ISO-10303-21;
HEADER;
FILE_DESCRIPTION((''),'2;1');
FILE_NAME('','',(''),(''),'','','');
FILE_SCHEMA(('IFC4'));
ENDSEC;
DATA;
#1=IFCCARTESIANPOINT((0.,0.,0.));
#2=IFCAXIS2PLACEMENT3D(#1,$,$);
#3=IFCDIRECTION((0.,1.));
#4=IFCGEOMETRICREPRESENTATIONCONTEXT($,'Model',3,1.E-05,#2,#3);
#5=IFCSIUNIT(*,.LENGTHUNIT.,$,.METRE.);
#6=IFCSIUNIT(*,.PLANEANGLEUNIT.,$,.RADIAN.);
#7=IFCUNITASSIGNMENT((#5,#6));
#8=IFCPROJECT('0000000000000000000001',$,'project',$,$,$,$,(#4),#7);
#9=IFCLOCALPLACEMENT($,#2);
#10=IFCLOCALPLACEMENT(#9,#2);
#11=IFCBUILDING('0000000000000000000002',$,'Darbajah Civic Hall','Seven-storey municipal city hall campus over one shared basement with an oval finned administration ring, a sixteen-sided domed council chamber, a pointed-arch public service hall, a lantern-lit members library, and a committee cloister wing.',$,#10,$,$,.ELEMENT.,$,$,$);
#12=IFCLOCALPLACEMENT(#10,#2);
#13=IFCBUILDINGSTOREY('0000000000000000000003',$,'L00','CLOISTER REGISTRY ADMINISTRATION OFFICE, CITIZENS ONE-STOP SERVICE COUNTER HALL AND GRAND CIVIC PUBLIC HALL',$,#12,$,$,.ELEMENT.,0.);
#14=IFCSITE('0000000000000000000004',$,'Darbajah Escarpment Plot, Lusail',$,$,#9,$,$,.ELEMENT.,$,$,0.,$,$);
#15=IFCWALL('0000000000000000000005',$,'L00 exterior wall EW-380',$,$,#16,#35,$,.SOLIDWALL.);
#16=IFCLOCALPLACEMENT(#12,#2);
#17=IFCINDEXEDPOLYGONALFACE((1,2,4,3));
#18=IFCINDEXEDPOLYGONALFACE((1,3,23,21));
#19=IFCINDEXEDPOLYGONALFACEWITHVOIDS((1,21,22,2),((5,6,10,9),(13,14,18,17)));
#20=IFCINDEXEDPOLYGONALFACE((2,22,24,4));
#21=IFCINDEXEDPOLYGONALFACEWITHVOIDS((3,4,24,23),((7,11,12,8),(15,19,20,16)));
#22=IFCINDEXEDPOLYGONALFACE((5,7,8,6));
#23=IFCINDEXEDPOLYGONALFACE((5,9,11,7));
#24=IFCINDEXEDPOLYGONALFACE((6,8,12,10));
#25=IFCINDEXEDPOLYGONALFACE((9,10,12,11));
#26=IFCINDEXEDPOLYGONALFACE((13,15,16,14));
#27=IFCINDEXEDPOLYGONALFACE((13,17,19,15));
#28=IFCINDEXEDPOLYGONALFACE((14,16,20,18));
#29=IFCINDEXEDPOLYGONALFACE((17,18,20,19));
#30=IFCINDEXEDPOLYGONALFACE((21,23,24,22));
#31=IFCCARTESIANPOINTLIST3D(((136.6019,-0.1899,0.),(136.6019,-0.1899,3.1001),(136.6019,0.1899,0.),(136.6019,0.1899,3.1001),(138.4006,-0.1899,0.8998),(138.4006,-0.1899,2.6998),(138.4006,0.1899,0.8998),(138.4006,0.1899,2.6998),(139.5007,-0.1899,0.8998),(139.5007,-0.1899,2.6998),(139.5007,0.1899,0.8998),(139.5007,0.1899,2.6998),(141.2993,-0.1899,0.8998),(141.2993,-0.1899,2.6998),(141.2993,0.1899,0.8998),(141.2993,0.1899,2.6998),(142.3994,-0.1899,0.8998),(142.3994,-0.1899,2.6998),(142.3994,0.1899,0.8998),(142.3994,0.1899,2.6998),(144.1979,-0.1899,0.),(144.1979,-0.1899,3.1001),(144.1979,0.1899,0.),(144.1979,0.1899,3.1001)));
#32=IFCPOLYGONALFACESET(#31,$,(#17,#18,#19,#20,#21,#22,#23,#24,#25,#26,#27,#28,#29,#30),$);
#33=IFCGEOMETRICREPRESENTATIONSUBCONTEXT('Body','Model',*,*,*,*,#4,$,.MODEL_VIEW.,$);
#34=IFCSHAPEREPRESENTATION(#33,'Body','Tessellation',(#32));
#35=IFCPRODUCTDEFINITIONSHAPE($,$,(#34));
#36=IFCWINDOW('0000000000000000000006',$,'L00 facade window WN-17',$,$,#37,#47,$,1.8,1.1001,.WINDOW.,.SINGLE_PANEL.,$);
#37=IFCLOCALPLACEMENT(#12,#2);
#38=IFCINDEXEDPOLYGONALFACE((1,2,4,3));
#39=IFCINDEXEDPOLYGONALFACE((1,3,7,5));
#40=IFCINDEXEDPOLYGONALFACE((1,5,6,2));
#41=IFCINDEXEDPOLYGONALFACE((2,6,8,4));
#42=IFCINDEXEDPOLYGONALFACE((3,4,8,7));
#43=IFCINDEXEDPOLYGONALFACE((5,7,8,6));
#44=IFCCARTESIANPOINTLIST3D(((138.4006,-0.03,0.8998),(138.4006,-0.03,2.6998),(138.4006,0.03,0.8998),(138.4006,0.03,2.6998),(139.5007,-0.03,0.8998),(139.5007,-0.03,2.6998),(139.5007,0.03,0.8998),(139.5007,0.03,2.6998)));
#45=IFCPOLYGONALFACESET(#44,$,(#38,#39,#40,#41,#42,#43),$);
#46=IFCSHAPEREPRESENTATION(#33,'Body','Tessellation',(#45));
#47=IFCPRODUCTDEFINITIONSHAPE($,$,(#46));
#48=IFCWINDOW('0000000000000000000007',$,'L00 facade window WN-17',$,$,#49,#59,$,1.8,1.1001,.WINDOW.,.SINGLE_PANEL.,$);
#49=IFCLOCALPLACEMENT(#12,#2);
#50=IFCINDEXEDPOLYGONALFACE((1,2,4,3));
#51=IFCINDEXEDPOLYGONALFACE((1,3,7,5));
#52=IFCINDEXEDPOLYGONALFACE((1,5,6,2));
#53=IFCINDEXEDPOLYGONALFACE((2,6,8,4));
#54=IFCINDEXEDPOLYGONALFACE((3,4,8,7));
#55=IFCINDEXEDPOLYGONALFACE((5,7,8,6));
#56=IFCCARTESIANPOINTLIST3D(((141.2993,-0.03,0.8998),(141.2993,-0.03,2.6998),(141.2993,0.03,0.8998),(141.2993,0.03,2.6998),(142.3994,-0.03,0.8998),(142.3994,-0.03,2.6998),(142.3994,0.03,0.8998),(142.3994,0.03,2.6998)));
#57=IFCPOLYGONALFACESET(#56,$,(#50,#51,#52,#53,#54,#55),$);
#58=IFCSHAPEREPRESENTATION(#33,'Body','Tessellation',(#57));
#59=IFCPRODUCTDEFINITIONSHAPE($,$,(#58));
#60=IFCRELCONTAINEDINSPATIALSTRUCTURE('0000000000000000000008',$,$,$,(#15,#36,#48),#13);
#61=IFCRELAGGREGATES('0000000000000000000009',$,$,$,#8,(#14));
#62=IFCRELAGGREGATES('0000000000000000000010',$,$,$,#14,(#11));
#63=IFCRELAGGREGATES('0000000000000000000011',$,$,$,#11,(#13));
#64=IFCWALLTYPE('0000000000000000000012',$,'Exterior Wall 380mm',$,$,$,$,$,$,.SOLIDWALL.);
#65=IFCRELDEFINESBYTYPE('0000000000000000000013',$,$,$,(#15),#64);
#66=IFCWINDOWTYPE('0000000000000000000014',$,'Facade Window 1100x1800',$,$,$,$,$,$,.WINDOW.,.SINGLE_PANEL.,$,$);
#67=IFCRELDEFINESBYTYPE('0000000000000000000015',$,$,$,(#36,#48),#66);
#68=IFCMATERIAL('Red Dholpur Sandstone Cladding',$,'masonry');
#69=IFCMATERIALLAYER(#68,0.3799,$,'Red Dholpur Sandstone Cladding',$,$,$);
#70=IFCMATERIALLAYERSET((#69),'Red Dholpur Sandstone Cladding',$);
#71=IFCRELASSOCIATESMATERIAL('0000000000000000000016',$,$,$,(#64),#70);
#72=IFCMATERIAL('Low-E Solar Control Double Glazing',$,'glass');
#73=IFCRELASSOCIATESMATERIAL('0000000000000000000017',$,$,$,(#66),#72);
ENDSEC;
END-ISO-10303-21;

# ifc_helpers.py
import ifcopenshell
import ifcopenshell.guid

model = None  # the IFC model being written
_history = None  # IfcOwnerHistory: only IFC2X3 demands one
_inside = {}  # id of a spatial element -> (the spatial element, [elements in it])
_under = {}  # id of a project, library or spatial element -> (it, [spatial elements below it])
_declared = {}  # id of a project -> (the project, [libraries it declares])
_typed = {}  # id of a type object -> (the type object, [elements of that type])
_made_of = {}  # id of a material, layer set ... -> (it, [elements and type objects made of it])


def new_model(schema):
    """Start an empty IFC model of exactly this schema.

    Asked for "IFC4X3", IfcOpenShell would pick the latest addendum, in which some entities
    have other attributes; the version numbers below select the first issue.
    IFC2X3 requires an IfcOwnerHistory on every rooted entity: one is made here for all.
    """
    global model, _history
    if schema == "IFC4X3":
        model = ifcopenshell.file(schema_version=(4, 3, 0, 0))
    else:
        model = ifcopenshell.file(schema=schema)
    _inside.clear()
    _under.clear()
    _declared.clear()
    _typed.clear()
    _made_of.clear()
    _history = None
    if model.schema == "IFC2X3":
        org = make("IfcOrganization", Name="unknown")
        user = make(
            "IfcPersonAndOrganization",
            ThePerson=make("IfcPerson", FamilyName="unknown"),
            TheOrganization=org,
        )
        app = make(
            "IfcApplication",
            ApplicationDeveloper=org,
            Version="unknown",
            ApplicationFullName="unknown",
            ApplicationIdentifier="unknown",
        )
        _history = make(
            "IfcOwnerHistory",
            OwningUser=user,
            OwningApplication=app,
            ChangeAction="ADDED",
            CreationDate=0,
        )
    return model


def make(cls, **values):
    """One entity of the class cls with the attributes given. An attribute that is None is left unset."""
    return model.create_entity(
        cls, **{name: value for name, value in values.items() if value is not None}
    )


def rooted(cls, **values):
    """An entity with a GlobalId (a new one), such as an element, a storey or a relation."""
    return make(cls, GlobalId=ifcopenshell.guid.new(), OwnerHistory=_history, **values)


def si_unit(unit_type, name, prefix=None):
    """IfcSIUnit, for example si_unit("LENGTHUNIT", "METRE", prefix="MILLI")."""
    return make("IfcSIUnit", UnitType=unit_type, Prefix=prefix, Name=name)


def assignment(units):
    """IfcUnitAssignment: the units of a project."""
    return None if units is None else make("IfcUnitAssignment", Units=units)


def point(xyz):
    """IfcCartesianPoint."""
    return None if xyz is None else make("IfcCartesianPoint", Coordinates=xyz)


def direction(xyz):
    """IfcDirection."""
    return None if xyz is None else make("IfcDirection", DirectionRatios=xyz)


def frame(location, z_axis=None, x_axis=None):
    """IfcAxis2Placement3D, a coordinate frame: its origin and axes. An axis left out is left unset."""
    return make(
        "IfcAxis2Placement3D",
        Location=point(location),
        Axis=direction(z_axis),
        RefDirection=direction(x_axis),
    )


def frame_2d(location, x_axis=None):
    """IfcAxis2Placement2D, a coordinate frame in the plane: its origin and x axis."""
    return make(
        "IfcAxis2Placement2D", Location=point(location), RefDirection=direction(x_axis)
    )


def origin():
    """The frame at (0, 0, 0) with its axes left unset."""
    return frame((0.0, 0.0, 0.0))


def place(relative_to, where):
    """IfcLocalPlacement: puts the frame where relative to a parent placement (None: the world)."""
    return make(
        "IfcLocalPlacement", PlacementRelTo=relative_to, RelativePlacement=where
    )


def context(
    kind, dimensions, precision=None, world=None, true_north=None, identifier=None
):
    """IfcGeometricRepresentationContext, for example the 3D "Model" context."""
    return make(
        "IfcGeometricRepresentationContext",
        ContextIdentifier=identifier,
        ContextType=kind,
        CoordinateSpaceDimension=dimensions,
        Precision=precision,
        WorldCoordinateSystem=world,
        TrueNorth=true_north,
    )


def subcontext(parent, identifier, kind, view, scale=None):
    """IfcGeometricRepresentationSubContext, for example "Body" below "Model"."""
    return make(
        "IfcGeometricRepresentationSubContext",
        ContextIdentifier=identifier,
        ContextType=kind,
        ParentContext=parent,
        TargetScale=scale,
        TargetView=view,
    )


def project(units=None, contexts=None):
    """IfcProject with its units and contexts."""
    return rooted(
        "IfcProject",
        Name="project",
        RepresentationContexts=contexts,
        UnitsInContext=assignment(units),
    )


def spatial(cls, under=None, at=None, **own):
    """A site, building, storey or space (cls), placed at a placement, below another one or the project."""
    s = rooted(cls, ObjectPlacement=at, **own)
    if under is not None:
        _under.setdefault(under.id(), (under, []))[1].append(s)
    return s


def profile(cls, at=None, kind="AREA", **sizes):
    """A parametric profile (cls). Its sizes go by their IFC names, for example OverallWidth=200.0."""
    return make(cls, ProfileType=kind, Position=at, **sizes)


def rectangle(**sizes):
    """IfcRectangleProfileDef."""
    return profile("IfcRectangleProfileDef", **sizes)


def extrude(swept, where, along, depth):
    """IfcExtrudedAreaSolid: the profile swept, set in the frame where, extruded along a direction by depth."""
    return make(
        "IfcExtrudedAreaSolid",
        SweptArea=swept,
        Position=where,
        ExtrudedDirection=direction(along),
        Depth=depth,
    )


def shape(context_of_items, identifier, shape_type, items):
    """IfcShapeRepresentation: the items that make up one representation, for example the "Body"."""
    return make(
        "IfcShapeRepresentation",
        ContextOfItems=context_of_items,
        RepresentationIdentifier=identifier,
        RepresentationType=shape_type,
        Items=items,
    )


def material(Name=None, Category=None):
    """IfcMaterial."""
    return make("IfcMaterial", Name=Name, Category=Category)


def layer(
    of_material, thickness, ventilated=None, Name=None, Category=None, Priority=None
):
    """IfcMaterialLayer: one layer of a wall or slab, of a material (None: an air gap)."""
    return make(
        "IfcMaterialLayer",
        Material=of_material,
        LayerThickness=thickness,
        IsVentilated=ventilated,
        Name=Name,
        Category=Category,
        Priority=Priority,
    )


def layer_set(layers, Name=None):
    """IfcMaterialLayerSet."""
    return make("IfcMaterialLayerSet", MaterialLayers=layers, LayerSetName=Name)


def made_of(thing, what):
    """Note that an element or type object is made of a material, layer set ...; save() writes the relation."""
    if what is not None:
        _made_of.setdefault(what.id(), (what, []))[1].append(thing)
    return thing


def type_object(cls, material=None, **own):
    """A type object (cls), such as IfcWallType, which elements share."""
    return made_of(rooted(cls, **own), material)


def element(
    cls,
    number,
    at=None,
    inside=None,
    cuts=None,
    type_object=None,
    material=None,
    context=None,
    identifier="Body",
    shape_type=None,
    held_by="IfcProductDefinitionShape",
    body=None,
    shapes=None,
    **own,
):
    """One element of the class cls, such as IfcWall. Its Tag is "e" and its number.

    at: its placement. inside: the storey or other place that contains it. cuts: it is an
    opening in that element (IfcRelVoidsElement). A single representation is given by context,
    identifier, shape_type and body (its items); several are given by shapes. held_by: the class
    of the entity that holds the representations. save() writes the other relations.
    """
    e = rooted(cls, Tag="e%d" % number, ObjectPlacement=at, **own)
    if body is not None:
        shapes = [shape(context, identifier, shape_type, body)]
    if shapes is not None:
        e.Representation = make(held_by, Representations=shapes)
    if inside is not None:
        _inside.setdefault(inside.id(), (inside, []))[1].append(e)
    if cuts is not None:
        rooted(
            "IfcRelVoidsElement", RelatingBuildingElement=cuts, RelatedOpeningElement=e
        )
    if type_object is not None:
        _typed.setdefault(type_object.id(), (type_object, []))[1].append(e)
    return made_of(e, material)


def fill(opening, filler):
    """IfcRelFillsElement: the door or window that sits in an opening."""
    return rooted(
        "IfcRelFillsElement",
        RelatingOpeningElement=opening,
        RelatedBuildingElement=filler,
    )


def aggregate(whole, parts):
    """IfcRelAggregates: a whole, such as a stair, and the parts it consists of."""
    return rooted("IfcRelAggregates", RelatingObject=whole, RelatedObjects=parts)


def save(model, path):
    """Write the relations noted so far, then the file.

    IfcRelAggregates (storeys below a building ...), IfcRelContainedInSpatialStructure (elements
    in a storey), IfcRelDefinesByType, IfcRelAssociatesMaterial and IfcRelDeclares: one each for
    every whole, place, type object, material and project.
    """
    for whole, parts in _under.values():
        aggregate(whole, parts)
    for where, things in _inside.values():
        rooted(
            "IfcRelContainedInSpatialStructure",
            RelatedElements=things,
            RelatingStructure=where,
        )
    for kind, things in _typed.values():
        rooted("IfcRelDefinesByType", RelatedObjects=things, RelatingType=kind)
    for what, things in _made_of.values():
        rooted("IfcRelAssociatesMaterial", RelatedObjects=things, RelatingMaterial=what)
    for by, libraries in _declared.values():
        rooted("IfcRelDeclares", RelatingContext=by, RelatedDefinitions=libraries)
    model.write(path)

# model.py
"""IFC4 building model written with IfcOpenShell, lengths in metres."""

from ifc_helpers import new_model, si_unit, direction, frame, frame_2d, origin, place, context, subcontext, project, spatial, rectangle, extrude, material, layer, layer_set, type_object, element, fill, save


model = new_model("IFC4")

# Units and contexts
model_context = context("Model", 3, precision=1e-05, world=origin(), true_north=direction((0.0, 1.0)))
body_context = subcontext(model_context, "Body", "Model", "MODEL_VIEW")
ifc_project = project(units=[si_unit("LENGTHUNIT", "METRE"), si_unit("PLANEANGLEUNIT", "RADIAN")], contexts=[model_context])

# Site, building, storey
site_placement = place(None, origin())
site = spatial("IfcSite", under=ifc_project, at=site_placement, Name="Darbajah Escarpment Plot, Lusail", CompositionType="ELEMENT", RefElevation=0.0)
building_placement = place(site_placement, origin())
building = spatial("IfcBuilding", under=site, at=building_placement, Name="Darbajah Civic Hall", Description="Seven-storey municipal city hall campus over one shared basement with an oval finned administration ring, a sixteen-sided domed council chamber, a pointed-arch public service hall, a lantern-lit members library, and a committee cloister wing.", CompositionType="ELEMENT")
storey_placement = place(building_placement, origin())
storey = spatial("IfcBuildingStorey", under=building, at=storey_placement, Name="L00", Description="CLOISTER REGISTRY ADMINISTRATION OFFICE, CITIZENS ONE-STOP SERVICE COUNTER HALL AND GRAND CIVIC PUBLIC HALL", CompositionType="ELEMENT", Elevation=0.0)

# Wall, openings, windows
ifc_material_1 = material(Name="Red Dholpur Sandstone Cladding", Category="masonry")
ifc_layer_1 = layer(ifc_material_1, 0.3799, Name="Red Dholpur Sandstone Cladding")
ifc_layer_set_1 = layer_set([ifc_layer_1], Name="Red Dholpur Sandstone Cladding")
wall_type = type_object("IfcWallType", Name="Exterior Wall 380mm", PredefinedType="SOLIDWALL", material=ifc_layer_set_1)
ifc_material_2 = material(Name="Low-E Solar Control Double Glazing", Category="glass")
window_type = type_object("IfcWindowType", Name="Facade Window 1100x1800", PartitioningType="SINGLE_PANEL", PredefinedType="WINDOW", material=ifc_material_2)
wall_1_placement = place(storey_placement, frame((136.6021, 0.0, 0.0), z_axis=(0.0, 0.0, 1.0), x_axis=(1.0, 0.0, 0.0)))
wall_1 = element("IfcWall", 1, at=wall_1_placement, inside=storey, type_object=wall_type, Name="L00 exterior wall EW-380", PredefinedType="SOLIDWALL", context=body_context, shape_type="SweptSolid", body=[
    extrude(rectangle(XDim=7.5959, YDim=0.3799, at=frame_2d((3.7979, 0.0))), origin(), (0.0, 0.0, 1.0), 3.1001),
])
opening_1_placement = place(wall_1_placement, frame((1.7986, 0.0, 0.8999)))
opening_1 = element("IfcOpeningElement", 2, at=opening_1_placement, cuts=wall_1, PredefinedType="OPENING", context=body_context, shape_type="SweptSolid", body=[
    extrude(rectangle(XDim=1.1001, YDim=1.8, at=frame_2d((0.55, 0.8999))), frame((0.0, 0.2, 0.0), z_axis=(0.0, -1.0, 0.0), x_axis=(1.0, 0.0, 0.0)), (0.0, 0.0, 1.0), 0.3999),
])
opening_2_placement = place(wall_1_placement, frame((4.6973, 0.0, 0.8999)))
opening_2 = element("IfcOpeningElement", 3, at=opening_2_placement, cuts=wall_1, PredefinedType="OPENING", context=body_context, shape_type="SweptSolid", body=[
    extrude(rectangle(XDim=1.1001, YDim=1.8, at=frame_2d((0.55, 0.8999))), frame((0.0, 0.2, 0.0), z_axis=(0.0, -1.0, 0.0), x_axis=(1.0, 0.0, 0.0)), (0.0, 0.0, 1.0), 0.3999),
])
window_1_placement = place(opening_1_placement, origin())
window_1 = element("IfcWindow", 4, at=window_1_placement, inside=storey, type_object=window_type, Name="L00 facade window WN-17", OverallHeight=1.8, OverallWidth=1.1001, PartitioningType="SINGLE_PANEL", PredefinedType="WINDOW", context=body_context, shape_type="SweptSolid", body=[
    extrude(rectangle(XDim=1.1001, YDim=1.8, at=frame_2d((0.55, 0.8999))), frame((0.0, 0.03, 0.0), z_axis=(0.0, -1.0, 0.0), x_axis=(1.0, 0.0, 0.0)), (0.0, 0.0, 1.0), 0.0601),
])
fill(opening_1, window_1)
window_2_placement = place(opening_2_placement, origin())
window_2 = element("IfcWindow", 5, at=window_2_placement, inside=storey, type_object=window_type, Name="L00 facade window WN-17", OverallHeight=1.8, OverallWidth=1.1001, PartitioningType="SINGLE_PANEL", PredefinedType="WINDOW", context=body_context, shape_type="SweptSolid", body=[
    extrude(rectangle(XDim=1.1001, YDim=1.8, at=frame_2d((0.55, 0.8999))), frame((0.0, 0.03, 0.0), z_axis=(0.0, -1.0, 0.0), x_axis=(1.0, 0.0, 0.0)), (0.0, 0.0, 1.0), 0.0601),
])
fill(opening_2, window_2)

save(model, "model.ifc")
